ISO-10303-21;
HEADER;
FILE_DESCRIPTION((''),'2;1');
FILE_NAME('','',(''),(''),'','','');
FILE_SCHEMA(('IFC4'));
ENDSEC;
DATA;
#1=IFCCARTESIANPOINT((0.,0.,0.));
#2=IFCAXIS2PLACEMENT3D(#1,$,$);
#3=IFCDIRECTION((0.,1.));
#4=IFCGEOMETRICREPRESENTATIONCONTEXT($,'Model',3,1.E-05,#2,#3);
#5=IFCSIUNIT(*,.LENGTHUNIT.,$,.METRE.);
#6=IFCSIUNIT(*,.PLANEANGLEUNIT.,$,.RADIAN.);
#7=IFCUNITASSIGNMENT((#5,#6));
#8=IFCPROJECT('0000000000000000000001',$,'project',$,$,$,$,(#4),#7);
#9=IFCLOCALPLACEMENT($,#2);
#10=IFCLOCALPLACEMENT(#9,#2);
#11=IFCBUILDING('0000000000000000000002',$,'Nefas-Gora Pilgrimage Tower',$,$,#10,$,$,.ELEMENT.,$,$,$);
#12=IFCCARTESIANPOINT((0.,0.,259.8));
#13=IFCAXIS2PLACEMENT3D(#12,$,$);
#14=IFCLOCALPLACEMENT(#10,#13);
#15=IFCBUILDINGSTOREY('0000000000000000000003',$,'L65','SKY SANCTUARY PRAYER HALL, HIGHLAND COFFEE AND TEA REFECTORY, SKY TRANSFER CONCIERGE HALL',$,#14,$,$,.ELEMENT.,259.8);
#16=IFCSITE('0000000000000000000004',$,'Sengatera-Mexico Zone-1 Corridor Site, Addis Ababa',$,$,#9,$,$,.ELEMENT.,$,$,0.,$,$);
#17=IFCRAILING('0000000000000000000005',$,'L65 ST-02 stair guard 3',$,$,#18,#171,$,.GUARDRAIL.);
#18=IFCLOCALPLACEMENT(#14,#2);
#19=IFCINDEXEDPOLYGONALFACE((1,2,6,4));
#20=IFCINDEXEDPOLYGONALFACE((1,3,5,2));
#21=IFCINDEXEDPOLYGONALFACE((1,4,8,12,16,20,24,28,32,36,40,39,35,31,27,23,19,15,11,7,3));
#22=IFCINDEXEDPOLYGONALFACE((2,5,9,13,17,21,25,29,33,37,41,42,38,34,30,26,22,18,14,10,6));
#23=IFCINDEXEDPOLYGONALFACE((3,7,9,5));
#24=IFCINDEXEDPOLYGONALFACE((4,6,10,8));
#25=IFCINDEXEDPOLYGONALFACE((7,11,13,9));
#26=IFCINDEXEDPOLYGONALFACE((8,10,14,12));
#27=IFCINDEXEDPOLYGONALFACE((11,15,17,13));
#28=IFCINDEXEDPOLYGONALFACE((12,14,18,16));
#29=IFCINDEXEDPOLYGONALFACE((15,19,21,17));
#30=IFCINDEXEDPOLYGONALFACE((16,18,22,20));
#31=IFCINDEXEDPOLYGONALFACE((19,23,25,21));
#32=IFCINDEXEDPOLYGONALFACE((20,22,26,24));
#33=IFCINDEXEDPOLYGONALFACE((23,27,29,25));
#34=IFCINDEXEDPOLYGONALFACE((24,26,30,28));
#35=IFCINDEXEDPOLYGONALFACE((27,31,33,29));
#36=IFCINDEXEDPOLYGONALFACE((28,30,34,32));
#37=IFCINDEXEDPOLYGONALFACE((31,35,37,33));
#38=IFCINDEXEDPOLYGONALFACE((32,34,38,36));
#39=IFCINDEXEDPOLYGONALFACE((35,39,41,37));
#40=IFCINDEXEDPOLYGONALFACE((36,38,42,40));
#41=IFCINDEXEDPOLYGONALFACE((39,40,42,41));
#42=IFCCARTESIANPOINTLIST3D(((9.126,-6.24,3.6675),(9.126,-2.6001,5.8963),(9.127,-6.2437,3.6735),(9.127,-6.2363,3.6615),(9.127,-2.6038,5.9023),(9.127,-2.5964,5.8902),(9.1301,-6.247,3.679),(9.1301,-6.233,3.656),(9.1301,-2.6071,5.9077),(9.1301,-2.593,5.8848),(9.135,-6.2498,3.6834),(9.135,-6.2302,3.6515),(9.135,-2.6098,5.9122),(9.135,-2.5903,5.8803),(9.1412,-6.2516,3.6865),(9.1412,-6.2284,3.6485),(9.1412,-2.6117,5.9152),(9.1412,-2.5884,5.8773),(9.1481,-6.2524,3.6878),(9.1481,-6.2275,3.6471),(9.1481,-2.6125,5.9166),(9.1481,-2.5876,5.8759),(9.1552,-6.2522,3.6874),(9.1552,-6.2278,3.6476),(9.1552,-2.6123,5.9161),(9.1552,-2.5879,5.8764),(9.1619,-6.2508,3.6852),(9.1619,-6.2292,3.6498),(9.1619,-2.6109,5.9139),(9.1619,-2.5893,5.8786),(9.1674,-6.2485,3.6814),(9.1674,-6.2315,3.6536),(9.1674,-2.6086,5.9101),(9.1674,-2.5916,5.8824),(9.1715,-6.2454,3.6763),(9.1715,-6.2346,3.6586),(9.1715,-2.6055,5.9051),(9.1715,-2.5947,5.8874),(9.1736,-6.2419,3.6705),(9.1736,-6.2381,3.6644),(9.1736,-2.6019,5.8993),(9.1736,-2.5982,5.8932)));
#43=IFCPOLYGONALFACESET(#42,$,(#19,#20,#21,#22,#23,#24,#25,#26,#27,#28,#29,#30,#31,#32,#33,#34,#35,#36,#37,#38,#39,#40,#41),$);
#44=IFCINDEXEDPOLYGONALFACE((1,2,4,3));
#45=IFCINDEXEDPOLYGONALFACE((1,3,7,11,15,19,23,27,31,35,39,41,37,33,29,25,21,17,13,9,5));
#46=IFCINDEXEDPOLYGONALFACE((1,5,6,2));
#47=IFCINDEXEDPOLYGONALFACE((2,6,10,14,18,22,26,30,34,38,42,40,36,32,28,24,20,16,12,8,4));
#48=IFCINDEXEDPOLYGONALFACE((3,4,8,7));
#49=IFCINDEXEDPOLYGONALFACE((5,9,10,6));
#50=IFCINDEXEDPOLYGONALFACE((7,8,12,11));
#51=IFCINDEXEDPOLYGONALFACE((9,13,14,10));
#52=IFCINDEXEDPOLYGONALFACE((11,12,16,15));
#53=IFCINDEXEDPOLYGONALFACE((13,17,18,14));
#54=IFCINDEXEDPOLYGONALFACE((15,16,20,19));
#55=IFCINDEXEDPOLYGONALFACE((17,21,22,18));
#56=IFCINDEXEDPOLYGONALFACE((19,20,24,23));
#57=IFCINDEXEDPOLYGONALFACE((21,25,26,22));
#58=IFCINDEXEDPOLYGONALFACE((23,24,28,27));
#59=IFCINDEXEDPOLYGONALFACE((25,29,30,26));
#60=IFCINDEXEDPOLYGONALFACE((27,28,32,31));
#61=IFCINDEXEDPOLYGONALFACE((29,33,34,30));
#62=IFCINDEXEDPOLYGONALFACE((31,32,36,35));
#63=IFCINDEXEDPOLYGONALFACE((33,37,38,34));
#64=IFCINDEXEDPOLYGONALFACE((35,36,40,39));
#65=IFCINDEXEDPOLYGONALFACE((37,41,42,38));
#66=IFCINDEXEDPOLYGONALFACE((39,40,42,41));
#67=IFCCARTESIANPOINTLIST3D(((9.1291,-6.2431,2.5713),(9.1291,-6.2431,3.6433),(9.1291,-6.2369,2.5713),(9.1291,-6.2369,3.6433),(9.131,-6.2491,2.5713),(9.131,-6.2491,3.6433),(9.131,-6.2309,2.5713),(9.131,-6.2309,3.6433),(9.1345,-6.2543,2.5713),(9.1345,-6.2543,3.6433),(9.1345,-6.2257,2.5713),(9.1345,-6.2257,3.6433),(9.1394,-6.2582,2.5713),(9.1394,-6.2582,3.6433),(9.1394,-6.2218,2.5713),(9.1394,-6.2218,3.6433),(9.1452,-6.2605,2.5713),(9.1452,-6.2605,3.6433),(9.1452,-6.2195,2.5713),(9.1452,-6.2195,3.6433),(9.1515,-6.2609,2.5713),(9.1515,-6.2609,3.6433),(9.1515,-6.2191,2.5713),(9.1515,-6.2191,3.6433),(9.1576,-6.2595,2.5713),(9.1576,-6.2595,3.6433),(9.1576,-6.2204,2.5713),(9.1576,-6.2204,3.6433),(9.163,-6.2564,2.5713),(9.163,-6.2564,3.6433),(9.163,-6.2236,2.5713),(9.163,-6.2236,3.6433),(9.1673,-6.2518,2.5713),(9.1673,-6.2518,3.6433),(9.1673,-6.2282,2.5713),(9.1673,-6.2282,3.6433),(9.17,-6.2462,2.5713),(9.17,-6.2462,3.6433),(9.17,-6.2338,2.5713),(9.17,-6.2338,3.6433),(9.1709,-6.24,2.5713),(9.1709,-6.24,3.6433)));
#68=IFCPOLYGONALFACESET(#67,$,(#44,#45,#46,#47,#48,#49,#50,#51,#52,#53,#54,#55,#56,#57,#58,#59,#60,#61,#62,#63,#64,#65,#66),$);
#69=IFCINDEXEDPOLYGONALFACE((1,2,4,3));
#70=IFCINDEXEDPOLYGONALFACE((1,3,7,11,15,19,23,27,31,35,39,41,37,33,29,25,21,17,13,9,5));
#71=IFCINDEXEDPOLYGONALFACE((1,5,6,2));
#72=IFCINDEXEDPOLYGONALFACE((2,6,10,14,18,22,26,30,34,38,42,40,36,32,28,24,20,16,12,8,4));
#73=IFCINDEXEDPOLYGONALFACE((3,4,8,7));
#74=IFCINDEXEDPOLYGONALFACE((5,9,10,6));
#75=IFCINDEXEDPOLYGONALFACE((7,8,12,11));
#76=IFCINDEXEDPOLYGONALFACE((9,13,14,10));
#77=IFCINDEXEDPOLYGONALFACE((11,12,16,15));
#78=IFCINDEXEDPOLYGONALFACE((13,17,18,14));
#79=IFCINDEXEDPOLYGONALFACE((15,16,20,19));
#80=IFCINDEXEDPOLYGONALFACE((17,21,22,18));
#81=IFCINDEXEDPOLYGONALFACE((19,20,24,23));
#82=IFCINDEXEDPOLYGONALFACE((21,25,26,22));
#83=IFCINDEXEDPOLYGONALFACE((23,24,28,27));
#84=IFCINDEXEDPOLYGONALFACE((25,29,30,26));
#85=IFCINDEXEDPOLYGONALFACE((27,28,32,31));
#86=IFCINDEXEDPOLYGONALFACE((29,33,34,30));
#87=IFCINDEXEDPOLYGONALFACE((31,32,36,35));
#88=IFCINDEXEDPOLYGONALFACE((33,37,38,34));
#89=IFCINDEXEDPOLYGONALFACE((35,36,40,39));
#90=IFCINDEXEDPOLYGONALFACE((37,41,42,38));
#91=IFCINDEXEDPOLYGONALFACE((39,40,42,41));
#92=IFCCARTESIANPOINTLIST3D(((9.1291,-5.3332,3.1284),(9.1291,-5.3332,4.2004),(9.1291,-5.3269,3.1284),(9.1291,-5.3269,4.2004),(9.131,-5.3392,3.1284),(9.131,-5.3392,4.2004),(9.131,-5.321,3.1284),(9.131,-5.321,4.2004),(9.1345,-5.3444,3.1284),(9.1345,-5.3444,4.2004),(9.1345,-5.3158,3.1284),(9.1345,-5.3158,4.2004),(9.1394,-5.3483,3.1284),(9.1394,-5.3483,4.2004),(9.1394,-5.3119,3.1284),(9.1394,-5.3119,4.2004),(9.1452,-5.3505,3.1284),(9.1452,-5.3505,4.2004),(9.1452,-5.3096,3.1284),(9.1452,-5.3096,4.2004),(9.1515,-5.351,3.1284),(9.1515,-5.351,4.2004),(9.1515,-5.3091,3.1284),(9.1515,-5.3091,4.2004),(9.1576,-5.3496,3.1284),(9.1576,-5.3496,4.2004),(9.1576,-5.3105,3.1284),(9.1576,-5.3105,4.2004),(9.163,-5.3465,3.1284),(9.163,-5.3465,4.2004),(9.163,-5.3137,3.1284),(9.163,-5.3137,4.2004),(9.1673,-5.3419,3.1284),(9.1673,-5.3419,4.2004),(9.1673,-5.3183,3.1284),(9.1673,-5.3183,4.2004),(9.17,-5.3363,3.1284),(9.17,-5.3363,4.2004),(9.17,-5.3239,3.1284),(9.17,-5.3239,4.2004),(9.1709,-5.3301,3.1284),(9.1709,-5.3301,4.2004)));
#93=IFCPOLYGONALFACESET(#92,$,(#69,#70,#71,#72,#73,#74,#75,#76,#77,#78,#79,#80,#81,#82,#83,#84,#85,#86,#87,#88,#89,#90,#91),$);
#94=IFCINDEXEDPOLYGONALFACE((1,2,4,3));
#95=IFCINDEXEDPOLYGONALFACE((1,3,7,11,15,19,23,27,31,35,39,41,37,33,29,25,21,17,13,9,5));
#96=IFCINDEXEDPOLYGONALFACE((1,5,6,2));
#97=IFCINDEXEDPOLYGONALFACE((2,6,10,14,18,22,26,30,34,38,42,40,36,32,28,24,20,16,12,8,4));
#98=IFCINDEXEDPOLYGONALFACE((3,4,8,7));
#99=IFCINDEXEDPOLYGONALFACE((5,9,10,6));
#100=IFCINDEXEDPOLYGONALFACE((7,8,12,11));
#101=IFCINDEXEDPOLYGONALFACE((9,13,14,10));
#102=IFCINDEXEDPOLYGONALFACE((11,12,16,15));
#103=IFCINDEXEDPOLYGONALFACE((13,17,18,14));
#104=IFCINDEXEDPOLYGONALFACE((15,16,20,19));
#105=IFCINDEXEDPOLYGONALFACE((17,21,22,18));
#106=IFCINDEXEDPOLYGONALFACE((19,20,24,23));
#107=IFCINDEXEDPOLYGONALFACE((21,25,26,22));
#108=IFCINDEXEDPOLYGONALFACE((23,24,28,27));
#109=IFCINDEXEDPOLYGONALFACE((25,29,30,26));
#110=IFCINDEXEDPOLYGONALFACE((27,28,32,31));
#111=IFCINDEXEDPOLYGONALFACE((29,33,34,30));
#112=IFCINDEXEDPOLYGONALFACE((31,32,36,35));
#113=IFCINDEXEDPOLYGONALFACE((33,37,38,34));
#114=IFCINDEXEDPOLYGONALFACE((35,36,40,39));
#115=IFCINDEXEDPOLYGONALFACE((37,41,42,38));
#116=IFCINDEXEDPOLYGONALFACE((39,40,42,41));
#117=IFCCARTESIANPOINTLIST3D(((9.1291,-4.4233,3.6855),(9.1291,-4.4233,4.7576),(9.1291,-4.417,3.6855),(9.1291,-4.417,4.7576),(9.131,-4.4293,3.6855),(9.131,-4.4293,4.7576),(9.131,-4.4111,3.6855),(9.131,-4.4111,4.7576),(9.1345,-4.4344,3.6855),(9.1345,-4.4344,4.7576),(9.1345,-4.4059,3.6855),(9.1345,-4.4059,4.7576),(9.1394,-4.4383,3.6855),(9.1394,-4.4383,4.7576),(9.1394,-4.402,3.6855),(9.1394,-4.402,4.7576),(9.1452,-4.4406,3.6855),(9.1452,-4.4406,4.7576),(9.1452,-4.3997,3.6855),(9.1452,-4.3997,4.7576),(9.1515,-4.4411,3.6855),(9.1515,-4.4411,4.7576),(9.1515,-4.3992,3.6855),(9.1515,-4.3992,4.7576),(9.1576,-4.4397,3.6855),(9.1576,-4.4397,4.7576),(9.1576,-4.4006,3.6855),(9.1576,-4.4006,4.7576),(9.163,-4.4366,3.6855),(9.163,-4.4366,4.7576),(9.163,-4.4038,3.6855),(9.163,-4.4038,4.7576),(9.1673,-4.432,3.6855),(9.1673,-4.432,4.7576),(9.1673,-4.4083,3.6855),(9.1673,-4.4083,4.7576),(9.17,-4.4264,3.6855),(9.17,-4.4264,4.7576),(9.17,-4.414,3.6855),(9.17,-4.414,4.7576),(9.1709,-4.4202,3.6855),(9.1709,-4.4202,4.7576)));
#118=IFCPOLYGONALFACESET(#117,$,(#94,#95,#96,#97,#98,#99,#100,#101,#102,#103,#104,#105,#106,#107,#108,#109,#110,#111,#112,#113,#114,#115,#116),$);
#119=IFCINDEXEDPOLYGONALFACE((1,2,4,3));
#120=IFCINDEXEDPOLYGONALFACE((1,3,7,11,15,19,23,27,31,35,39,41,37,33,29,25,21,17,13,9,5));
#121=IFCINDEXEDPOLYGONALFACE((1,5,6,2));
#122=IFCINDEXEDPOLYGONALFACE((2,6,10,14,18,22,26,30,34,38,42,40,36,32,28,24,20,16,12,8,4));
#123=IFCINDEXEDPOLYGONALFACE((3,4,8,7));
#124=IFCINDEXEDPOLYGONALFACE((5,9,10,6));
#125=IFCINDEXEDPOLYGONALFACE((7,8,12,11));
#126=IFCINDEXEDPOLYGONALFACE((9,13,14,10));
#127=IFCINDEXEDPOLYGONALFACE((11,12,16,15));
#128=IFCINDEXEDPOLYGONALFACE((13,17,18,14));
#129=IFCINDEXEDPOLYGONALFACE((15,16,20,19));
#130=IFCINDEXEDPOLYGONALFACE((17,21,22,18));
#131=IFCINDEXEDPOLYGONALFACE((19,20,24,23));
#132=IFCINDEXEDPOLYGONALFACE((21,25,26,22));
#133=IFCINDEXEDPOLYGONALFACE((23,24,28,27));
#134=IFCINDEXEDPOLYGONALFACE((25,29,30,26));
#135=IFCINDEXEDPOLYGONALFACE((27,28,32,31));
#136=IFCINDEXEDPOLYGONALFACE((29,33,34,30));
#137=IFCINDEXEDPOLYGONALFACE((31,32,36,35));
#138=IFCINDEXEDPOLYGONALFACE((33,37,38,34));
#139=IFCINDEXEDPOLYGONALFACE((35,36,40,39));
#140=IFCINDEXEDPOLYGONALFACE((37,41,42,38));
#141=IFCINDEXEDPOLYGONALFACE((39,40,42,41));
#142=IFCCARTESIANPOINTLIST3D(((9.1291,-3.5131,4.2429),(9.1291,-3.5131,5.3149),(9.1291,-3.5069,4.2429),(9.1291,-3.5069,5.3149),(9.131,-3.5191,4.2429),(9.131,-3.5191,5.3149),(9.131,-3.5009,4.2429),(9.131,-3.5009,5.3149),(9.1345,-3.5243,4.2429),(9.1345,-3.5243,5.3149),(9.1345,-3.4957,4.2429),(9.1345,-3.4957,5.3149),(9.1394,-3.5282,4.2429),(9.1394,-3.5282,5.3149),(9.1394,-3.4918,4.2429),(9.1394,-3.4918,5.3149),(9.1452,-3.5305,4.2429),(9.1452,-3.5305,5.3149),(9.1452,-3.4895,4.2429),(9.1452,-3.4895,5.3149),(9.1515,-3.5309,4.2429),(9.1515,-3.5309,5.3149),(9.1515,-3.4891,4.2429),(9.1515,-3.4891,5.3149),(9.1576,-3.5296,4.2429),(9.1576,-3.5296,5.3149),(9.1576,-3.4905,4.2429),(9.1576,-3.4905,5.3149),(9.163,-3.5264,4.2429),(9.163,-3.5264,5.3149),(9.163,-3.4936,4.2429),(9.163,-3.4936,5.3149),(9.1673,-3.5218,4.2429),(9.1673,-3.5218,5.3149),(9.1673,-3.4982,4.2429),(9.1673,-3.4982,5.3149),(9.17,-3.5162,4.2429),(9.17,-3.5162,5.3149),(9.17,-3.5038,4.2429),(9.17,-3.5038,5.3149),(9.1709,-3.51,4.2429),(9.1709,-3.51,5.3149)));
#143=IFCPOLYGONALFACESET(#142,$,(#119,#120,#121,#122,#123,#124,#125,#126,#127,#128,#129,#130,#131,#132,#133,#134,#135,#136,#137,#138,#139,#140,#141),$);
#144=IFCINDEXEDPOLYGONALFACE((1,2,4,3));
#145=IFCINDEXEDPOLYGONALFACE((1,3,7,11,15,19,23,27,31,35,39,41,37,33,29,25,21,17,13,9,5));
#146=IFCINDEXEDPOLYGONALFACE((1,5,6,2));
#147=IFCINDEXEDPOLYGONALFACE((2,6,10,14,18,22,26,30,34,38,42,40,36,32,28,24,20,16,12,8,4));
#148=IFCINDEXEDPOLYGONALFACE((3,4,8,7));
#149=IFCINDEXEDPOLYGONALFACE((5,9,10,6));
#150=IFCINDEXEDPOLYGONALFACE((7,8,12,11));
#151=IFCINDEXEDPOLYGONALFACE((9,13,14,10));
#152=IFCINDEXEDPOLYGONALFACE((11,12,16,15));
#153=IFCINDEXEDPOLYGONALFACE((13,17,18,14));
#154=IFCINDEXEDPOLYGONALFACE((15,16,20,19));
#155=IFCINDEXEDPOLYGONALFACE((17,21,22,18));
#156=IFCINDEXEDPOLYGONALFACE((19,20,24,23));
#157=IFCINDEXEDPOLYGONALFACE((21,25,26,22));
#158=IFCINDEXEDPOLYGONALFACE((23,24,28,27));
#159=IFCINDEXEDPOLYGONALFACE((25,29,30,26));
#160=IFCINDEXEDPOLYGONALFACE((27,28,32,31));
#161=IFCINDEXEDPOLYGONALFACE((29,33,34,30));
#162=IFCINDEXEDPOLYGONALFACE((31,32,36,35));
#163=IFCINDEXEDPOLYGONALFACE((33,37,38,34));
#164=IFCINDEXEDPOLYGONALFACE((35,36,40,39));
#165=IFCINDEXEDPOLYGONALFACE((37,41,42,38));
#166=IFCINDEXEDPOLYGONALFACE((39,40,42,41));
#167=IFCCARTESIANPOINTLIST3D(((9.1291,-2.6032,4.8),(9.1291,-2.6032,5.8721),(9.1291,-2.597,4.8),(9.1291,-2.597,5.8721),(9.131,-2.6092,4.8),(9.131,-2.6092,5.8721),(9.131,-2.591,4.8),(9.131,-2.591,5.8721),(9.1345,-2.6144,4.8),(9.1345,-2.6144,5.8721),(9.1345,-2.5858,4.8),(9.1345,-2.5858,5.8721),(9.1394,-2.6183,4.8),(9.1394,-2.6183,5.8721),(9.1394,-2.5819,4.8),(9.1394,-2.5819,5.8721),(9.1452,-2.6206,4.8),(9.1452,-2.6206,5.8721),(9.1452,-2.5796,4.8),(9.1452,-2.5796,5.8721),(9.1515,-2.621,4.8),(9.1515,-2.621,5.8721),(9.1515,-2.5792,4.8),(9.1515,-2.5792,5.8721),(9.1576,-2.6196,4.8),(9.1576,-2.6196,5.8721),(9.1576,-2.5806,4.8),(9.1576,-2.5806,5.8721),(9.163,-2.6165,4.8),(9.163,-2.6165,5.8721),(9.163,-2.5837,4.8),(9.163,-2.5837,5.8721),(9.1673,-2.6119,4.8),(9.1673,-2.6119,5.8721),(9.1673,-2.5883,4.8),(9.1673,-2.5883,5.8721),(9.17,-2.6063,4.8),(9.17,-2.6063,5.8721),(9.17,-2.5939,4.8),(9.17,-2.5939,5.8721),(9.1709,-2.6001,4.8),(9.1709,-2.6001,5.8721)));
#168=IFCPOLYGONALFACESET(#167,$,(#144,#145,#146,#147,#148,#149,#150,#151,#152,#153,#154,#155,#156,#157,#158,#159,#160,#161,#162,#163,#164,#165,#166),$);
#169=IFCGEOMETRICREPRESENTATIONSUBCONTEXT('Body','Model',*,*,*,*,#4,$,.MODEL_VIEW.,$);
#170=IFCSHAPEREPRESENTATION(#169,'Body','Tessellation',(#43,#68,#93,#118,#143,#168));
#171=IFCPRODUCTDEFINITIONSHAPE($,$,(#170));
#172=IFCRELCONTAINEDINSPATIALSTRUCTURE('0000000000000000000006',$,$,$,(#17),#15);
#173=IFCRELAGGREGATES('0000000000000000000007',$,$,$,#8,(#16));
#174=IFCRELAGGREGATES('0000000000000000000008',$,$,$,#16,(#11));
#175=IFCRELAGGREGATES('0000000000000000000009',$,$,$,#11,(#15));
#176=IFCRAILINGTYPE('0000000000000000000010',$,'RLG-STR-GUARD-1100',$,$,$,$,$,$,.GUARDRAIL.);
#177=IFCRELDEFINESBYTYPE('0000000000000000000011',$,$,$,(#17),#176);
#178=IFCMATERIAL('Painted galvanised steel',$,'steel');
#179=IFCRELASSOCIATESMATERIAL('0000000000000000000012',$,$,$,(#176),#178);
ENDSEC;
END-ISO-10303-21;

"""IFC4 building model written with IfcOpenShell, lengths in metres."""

from ifc_helpers import new_model, si_unit, direction, frame, origin, origin_2d, place, context, subcontext, project, spatial, circle, extrude, material, type_object, element, save


model = new_model("IFC4")

# Units and contexts
model_context = context("Model", 3, precision=1e-05, world=origin(), true_north=direction((0.0, 1.0)))
body_context = subcontext(model_context, "Body", "Model", "MODEL_VIEW")
ifc_project = project(units=[si_unit("LENGTHUNIT", "METRE"), si_unit("PLANEANGLEUNIT", "RADIAN")], contexts=[model_context])

# Site, building, storey
site_placement = place(None, origin())
site = spatial("IfcSite", under=ifc_project, at=site_placement, Name="Sengatera-Mexico Zone-1 Corridor Site, Addis Ababa", CompositionType="ELEMENT", RefElevation=0.0)
building_placement = place(site_placement, origin())
building = spatial("IfcBuilding", under=site, at=building_placement, Name="Nefas-Gora Pilgrimage Tower", CompositionType="ELEMENT")
storey_placement = place(building_placement, frame((0.0, 0.0, 259.8)))
storey = spatial("IfcBuildingStorey", under=building, at=storey_placement, Name="L65", Description="SKY SANCTUARY PRAYER HALL, HIGHLAND COFFEE AND TEA REFECTORY, SKY TRANSFER CONCIERGE HALL", CompositionType="ELEMENT", Elevation=259.8)

# Railing
ifc_material_1 = material(Name="Painted galvanised steel", Category="steel")
railing_type_1 = type_object("IfcRailingType", Name="RLG-STR-GUARD-1100", PredefinedType="GUARDRAIL", material=ifc_material_1)
railing_1_placement = place(storey_placement, frame((9.1499, -6.24, 2.5713)))
element("IfcRailing", 1, at=railing_1_placement, inside=storey, type_object=railing_type_1, Name="L65 ST-02 stair guard 3", PredefinedType="GUARDRAIL", context=body_context, shape_type="SweptSolid", body=[
    extrude(circle(Radius=0.0239, at=origin_2d()), frame((0.0, 0.0, 1.0962), z_axis=(0.0, 0.852825, 0.522197), x_axis=(-1.0, 0.0, 0.0)), (0.0, 0.0, 1.0), 4.2681),
    extrude(circle(Radius=0.021, at=origin_2d()), origin(), (0.0, 0.0, 1.0), 1.072),
    extrude(circle(Radius=0.021, at=origin_2d()), frame((0.0, 0.9099, 0.5571)), (0.0, 0.0, 1.0), 1.072),
    extrude(circle(Radius=0.021, at=origin_2d()), frame((0.0, 1.8198, 1.1143)), (0.0, 0.0, 1.0), 1.072),
    extrude(circle(Radius=0.021, at=origin_2d()), frame((0.0, 2.73, 1.6716)), (0.0, 0.0, 1.0), 1.072),
    extrude(circle(Radius=0.021, at=origin_2d()), frame((0.0, 3.6399, 2.2288)), (0.0, 0.0, 1.0), 1.072),
])

save(model, "model.ifc")
